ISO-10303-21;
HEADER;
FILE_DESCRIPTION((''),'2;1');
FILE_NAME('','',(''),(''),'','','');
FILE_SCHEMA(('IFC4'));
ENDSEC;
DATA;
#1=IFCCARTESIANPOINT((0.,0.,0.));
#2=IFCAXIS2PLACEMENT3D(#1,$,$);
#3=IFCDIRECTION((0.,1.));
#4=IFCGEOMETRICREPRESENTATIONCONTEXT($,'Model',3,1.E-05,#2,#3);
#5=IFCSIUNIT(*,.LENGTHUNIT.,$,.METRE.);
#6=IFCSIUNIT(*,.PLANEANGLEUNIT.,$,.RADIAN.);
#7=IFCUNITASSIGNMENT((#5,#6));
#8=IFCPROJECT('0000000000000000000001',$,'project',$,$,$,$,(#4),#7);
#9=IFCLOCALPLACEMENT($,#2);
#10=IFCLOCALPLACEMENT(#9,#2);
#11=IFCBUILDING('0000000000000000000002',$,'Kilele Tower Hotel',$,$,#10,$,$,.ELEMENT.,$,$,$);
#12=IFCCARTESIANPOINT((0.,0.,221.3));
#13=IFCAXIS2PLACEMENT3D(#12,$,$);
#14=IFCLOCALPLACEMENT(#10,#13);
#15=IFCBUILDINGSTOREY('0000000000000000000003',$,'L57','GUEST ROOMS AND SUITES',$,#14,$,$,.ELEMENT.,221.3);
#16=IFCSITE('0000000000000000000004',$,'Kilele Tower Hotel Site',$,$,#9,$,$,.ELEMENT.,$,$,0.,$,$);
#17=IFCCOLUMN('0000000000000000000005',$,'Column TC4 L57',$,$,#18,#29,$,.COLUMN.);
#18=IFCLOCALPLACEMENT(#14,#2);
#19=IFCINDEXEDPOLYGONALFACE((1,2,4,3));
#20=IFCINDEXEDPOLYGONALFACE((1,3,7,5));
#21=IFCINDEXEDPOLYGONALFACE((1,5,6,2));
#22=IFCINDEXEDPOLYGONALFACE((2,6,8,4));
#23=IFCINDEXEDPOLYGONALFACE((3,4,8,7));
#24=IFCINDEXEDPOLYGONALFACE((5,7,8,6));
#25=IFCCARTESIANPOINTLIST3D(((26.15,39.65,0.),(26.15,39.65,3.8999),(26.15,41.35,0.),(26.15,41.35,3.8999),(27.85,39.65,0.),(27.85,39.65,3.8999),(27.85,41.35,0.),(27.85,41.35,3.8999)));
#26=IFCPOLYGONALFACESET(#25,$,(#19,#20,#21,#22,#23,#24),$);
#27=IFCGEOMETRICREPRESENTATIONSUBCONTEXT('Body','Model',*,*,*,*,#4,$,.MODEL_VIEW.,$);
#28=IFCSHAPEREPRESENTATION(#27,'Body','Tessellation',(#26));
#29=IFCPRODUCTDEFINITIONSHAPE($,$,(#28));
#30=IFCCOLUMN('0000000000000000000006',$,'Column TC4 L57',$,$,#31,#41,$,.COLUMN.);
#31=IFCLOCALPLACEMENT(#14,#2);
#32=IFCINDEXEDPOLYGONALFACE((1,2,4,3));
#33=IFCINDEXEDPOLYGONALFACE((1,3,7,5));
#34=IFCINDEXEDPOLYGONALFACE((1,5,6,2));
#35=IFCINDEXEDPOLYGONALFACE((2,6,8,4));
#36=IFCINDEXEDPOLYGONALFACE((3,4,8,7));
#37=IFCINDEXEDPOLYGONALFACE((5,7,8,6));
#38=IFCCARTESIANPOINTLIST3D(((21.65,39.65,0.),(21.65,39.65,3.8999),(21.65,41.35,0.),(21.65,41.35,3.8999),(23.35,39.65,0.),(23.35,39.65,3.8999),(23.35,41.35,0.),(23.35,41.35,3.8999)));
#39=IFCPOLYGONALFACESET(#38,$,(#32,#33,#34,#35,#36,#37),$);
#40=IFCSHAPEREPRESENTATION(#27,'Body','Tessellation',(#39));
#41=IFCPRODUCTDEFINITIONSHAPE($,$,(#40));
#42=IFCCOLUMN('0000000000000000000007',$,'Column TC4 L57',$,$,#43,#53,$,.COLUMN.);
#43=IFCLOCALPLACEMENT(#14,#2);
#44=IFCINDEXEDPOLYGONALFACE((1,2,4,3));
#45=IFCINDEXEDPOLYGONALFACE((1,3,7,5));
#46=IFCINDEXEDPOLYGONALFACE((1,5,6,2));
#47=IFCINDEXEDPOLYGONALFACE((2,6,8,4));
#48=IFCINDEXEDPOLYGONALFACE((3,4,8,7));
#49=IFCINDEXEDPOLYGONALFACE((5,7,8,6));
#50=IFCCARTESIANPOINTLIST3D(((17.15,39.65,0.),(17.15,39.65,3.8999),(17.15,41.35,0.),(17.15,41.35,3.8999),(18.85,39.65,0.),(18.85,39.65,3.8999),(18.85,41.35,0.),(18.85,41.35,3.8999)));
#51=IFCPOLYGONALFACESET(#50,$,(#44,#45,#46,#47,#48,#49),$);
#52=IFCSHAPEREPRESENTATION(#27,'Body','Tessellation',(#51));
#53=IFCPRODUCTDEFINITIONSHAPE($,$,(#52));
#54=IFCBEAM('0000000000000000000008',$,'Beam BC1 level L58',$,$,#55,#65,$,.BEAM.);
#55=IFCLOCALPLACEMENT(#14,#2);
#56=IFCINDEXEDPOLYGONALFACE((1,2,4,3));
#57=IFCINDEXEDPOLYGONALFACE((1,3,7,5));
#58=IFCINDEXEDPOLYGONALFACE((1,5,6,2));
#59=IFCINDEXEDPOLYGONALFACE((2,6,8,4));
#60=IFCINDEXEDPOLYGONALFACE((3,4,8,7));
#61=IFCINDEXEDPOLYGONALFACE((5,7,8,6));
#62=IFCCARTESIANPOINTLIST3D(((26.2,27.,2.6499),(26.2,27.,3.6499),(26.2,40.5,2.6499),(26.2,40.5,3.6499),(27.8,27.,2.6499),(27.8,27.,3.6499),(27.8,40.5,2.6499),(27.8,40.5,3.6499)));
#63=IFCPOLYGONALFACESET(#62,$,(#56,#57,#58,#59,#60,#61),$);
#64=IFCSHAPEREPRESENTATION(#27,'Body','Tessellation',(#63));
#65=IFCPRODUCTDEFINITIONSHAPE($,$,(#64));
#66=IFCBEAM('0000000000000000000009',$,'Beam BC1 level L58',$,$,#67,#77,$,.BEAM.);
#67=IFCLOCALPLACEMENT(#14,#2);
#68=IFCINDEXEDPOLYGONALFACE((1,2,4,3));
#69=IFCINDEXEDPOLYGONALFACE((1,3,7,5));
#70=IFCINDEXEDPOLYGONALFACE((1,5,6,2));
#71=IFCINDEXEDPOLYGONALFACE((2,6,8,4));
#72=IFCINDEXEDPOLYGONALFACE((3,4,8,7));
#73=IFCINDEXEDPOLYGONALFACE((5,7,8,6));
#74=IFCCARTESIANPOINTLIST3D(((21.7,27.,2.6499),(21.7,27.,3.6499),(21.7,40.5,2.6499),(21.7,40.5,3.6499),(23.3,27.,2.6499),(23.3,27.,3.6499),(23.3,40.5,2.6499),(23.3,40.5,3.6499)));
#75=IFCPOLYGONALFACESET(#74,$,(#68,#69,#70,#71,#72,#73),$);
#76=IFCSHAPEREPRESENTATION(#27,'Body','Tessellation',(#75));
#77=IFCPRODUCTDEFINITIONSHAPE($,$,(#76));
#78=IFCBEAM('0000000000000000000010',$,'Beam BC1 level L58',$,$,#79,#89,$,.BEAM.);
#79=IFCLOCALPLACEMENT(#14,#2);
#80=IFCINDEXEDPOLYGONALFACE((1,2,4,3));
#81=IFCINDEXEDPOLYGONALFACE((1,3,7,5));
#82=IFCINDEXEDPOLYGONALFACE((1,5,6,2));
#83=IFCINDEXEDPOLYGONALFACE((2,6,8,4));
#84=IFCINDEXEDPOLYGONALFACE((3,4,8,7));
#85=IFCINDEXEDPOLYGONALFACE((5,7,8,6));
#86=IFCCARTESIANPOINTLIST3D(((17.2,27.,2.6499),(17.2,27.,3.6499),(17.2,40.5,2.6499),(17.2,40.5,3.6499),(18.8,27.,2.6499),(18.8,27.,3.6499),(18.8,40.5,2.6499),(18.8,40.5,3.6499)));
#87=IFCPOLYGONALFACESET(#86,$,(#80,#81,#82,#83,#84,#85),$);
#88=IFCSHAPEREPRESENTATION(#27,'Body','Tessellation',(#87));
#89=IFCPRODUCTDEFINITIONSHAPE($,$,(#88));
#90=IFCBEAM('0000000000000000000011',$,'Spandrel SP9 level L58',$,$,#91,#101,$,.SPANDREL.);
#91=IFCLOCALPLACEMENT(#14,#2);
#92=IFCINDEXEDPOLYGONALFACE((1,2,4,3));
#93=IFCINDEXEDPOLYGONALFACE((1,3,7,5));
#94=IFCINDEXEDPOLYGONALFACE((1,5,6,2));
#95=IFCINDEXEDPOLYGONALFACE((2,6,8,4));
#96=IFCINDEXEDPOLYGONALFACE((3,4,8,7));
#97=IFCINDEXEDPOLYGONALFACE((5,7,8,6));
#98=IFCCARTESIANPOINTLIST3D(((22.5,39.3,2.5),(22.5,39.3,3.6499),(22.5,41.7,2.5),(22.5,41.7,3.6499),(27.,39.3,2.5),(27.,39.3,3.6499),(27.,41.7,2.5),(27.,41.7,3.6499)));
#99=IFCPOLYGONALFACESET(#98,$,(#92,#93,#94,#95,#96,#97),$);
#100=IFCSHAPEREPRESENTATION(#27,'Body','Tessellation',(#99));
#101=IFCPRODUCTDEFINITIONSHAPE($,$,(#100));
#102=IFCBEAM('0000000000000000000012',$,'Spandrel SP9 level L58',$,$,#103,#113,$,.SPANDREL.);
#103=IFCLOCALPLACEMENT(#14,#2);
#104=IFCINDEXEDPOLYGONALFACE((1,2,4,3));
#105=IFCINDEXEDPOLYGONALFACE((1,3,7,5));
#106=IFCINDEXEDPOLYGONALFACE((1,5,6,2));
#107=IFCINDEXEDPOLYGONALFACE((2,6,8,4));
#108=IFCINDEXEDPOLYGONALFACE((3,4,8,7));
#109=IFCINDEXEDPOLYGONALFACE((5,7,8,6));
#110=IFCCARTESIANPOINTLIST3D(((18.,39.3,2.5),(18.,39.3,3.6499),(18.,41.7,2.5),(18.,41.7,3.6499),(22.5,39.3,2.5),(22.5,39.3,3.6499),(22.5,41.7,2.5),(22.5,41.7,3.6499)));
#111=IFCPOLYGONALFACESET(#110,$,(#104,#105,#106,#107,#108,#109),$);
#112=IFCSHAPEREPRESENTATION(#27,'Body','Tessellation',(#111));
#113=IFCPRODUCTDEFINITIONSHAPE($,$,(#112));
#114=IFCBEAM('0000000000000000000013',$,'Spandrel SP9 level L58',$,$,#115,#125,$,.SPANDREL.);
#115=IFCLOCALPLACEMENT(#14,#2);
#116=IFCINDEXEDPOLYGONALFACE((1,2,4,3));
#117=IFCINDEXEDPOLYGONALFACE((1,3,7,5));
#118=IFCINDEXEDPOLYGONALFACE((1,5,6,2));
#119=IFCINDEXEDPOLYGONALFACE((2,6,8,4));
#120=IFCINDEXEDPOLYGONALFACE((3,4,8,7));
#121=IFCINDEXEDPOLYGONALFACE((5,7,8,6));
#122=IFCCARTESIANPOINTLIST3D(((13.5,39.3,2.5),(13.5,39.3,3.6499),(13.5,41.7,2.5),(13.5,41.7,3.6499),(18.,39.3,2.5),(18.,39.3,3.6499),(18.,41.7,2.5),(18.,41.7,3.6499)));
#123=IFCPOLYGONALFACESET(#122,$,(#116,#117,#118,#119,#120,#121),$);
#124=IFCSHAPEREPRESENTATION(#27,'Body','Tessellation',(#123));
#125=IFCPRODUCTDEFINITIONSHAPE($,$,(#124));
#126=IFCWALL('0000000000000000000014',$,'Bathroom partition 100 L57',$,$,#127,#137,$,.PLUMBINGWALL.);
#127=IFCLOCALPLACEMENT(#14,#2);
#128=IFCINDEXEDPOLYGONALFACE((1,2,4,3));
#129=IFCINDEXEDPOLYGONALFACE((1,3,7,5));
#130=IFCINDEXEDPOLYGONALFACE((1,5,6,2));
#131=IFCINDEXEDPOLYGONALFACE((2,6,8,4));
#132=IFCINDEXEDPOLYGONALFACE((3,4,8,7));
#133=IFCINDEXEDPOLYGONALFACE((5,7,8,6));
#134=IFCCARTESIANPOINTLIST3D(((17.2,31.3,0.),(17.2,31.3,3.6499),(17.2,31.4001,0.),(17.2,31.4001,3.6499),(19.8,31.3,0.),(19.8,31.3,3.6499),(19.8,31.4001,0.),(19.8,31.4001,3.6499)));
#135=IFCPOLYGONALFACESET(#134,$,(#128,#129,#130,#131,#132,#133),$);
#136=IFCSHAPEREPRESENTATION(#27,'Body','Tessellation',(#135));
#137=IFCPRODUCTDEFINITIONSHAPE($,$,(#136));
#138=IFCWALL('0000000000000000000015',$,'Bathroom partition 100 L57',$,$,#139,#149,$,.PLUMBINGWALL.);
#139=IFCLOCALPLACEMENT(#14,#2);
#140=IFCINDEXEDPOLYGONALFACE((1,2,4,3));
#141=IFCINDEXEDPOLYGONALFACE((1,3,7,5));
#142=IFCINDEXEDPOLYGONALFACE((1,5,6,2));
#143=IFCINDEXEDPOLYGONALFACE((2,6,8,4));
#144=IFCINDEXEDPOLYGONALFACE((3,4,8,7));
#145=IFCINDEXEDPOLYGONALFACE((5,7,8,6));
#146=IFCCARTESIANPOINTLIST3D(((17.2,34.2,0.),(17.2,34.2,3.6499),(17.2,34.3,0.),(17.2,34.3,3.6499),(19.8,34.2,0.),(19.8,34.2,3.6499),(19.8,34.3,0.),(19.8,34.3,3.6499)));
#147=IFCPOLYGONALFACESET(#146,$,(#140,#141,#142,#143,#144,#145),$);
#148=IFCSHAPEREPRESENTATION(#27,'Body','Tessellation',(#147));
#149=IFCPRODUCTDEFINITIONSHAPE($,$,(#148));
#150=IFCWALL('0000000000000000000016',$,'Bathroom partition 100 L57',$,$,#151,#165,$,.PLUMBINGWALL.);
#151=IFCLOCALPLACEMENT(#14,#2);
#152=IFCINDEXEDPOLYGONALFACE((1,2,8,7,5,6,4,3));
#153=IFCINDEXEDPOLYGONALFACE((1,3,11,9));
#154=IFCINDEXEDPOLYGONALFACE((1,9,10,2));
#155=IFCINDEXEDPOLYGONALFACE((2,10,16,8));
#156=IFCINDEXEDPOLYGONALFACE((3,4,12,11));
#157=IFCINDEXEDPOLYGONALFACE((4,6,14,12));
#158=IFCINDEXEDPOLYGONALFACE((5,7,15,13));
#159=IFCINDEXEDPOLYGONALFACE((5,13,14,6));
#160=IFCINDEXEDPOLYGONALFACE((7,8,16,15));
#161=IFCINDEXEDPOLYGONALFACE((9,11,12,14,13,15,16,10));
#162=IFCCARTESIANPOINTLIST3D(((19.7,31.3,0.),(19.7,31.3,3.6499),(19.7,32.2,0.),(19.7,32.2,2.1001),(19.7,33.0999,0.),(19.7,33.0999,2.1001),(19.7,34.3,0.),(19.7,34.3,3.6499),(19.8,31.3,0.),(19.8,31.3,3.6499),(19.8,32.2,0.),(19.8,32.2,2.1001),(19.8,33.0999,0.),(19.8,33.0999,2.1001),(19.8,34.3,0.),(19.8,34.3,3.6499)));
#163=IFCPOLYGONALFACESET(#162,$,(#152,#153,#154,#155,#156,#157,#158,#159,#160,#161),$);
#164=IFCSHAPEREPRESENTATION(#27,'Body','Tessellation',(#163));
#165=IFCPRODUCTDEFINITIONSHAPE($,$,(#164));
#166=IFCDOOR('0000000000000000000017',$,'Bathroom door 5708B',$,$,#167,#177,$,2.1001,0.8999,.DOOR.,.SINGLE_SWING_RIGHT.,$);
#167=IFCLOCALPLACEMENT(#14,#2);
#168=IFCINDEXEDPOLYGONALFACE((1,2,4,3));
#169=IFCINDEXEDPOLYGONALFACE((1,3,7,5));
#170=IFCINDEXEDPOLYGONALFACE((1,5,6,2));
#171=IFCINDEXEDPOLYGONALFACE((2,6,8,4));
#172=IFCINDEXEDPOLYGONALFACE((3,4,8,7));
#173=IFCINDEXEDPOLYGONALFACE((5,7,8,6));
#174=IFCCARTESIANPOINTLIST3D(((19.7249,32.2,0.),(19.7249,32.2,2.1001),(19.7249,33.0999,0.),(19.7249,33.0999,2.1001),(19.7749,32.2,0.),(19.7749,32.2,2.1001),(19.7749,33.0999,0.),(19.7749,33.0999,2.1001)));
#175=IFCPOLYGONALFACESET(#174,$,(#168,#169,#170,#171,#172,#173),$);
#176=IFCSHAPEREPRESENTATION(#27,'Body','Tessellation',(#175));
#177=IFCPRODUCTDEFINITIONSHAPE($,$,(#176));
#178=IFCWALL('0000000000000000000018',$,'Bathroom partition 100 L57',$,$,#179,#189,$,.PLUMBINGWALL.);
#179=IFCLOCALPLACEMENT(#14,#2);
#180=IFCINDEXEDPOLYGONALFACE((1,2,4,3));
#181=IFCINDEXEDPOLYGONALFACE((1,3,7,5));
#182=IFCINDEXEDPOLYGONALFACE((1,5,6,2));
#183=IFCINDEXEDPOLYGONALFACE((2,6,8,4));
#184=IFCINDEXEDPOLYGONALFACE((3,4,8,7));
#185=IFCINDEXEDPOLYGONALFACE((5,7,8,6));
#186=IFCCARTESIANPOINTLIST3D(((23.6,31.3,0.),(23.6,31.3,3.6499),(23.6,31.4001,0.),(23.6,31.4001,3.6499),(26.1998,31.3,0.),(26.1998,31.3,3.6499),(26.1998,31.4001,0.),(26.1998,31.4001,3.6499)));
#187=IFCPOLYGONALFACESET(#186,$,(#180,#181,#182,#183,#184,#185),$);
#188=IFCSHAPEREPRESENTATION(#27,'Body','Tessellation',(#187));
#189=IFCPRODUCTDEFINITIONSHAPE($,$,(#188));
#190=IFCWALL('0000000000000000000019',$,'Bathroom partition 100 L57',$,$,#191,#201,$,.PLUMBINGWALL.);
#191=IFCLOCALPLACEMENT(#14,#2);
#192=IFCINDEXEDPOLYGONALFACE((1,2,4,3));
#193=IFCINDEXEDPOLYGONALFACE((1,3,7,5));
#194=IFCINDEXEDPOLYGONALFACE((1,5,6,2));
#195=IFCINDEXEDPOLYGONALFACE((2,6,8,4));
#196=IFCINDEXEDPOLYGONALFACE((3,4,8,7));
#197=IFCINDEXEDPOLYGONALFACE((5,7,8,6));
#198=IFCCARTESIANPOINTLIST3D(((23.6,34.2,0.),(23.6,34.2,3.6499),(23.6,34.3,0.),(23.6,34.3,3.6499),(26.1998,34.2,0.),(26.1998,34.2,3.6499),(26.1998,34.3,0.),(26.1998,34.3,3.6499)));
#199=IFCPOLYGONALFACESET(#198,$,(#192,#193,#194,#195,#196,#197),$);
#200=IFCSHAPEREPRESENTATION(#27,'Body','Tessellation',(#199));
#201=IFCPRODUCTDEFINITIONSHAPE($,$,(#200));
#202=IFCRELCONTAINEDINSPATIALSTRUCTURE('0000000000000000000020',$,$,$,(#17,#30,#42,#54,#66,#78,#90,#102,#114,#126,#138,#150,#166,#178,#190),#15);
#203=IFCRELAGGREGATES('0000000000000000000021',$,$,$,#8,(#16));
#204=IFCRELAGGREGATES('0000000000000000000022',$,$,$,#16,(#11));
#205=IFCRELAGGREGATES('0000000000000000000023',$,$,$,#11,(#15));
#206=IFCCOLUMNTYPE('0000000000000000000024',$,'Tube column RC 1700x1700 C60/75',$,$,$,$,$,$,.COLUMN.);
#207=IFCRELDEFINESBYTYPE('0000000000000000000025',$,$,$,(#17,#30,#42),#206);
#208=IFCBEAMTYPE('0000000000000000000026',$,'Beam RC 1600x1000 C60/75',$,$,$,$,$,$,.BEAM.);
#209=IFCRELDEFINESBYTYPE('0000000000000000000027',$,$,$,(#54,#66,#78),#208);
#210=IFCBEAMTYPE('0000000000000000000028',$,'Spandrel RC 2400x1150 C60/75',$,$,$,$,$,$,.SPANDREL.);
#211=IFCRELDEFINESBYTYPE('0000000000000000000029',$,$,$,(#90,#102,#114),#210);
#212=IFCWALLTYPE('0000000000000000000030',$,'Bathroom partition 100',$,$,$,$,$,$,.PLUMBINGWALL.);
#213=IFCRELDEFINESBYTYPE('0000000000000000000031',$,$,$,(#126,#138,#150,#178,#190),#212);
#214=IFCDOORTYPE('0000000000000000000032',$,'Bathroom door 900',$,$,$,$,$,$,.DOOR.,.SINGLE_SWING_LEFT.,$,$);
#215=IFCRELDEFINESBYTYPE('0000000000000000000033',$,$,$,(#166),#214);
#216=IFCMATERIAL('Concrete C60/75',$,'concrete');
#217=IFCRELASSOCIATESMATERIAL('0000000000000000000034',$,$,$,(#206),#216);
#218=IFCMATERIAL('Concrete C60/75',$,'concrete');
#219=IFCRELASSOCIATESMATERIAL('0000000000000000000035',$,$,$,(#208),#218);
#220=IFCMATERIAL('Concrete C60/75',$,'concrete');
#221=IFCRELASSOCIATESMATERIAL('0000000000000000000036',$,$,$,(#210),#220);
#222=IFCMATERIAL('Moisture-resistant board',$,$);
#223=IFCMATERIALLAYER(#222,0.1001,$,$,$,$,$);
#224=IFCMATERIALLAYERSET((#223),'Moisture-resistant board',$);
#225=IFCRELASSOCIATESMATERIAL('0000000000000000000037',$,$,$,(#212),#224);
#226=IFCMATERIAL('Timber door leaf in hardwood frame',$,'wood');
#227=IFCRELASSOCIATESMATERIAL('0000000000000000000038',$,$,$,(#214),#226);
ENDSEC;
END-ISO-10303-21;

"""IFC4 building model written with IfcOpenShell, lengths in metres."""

from ifc_helpers import new_model, si_unit, direction, frame, frame_2d, origin, origin_2d, place, context, subcontext, project, spatial, rectangle, extrude, material, layer, layer_set, material_profile, profile_set, type_object, element, fill, save


model = new_model("IFC4")

# Units and contexts
model_context = context("Model", 3, precision=1e-05, world=origin(), true_north=direction((0.0, 1.0)))
body_context = subcontext(model_context, "Body", "Model", "MODEL_VIEW")
ifc_project = project(units=[si_unit("LENGTHUNIT", "METRE"), si_unit("PLANEANGLEUNIT", "RADIAN")], contexts=[model_context])

# Site, building, storey
site_placement = place(None, origin())
site = spatial("IfcSite", under=ifc_project, at=site_placement, Name="Kilele Tower Hotel Site", CompositionType="ELEMENT", RefElevation=0.0)
building_placement = place(site_placement, origin())
building = spatial("IfcBuilding", under=site, at=building_placement, Name="Kilele Tower Hotel", CompositionType="ELEMENT")
storey_placement = place(building_placement, frame((0.0, 0.0, 221.3)))
storey = spatial("IfcBuildingStorey", under=building, at=storey_placement, Name="L57", Description="GUEST ROOMS AND SUITES", CompositionType="ELEMENT", Elevation=221.3)

# Columns
ifc_material_1 = material(Name="Concrete C60/75", Category="concrete")
ifc_material_profile_1 = material_profile(ifc_material_1, rectangle(XDim=1.7, YDim=1.7, at=origin_2d()))
ifc_profile_set_1 = profile_set([ifc_material_profile_1], Name="Concrete C60/75")
column_type = type_object("IfcColumnType", Name="Tube column RC 1700x1700 C60/75", PredefinedType="COLUMN", material=ifc_profile_set_1)
for number, where, z_axis, x_axis, name in (
    (1, (27.0, 40.5, 0.0), (0.0, 0.0, 1.0), (1.0, 0.0, 0.0), "Column TC4 L57"),
    (2, (22.5, 40.5, 0.0), (0.0, 0.0, 1.0), (1.0, 0.0, 0.0), "Column TC4 L57"),
    (3, (18.0, 40.5, 0.0), (0.0, 0.0, 1.0), (1.0, 0.0, 0.0), "Column TC4 L57"),
):
    element("IfcColumn", number, at=place(storey_placement, frame(where, z_axis=z_axis, x_axis=x_axis)), inside=storey, type_object=column_type, Name=name, PredefinedType="COLUMN", context=body_context, shape_type="SweptSolid", body=[
        extrude(rectangle(XDim=1.7, YDim=1.7, at=origin_2d()), origin(), (0.0, 0.0, 1.0), 3.8999),
    ])

# Beams
ifc_material_2 = material(Name="Concrete C60/75", Category="concrete")
ifc_material_profile_2 = material_profile(ifc_material_2, rectangle(XDim=1.6001, YDim=1.0, at=origin_2d()))
ifc_profile_set_2 = profile_set([ifc_material_profile_2], Name="Concrete C60/75")
beam_type_1 = type_object("IfcBeamType", Name="Beam RC 1600x1000 C60/75", PredefinedType="BEAM", material=ifc_profile_set_2)
for number, where, z_axis, x_axis, name in (
    (4, (27.0, 40.5, 3.1499), (0.0, -1.0, 0.0), (1.0, 0.0, 0.0), "Beam BC1 level L58"),
    (5, (22.5, 40.5, 3.1499), (0.0, -1.0, 0.0), (1.0, 0.0, 0.0), "Beam BC1 level L58"),
    (6, (18.0, 40.5, 3.1499), (0.0, -1.0, 0.0), (1.0, 0.0, 0.0), "Beam BC1 level L58"),
):
    element("IfcBeam", number, at=place(storey_placement, frame(where, z_axis=z_axis, x_axis=x_axis)), inside=storey, type_object=beam_type_1, Name=name, PredefinedType="BEAM", context=body_context, shape_type="SweptSolid", body=[
        extrude(rectangle(XDim=1.6001, YDim=1.0, at=origin_2d()), origin(), (0.0, 0.0, 1.0), 13.5),
    ])
ifc_material_3 = material(Name="Concrete C60/75", Category="concrete")
ifc_material_profile_3 = material_profile(ifc_material_3, rectangle(XDim=2.3999, YDim=1.1499, at=origin_2d()))
ifc_profile_set_3 = profile_set([ifc_material_profile_3], Name="Concrete C60/75")
beam_type_2 = type_object("IfcBeamType", Name="Spandrel RC 2400x1150 C60/75", PredefinedType="SPANDREL", material=ifc_profile_set_3)
for number, where, z_axis, x_axis, name in (
    (7, (27.0, 40.5, 3.075), (-1.0, 0.0, 0.0), (0.0, -1.0, 0.0), "Spandrel SP9 level L58"),
    (8, (22.5, 40.5, 3.075), (-1.0, 0.0, 0.0), (0.0, -1.0, 0.0), "Spandrel SP9 level L58"),
    (9, (18.0, 40.5, 3.075), (-1.0, 0.0, 0.0), (0.0, -1.0, 0.0), "Spandrel SP9 level L58"),
):
    element("IfcBeam", number, at=place(storey_placement, frame(where, z_axis=z_axis, x_axis=x_axis)), inside=storey, type_object=beam_type_2, Name=name, PredefinedType="SPANDREL", context=body_context, shape_type="SweptSolid", body=[
        extrude(rectangle(XDim=2.3999, YDim=1.1499, at=origin_2d()), origin(), (0.0, 0.0, 1.0), 4.5),
    ])

# Walls
ifc_material_4 = material(Name="Moisture-resistant board")
ifc_layer_1 = layer(ifc_material_4, 0.1001)
ifc_layer_set_1 = layer_set([ifc_layer_1], Name="Moisture-resistant board")
wall_type_1 = type_object("IfcWallType", Name="Bathroom partition 100", PredefinedType="PLUMBINGWALL", material=ifc_layer_set_1)
for number, where, z_axis, x_axis, name in (
    (10, (17.2, 31.3501, 0.0), (0.0, 0.0, 1.0), (1.0, 0.0, 0.0), "Bathroom partition 100 L57"),
    (11, (17.2, 34.25, 0.0), (0.0, 0.0, 1.0), (1.0, 0.0, 0.0), "Bathroom partition 100 L57"),
):
    element("IfcWall", number, at=place(storey_placement, frame(where, z_axis=z_axis, x_axis=x_axis)), inside=storey, type_object=wall_type_1, Name=name, PredefinedType="PLUMBINGWALL", context=body_context, shape_type="SweptSolid", body=[
        extrude(rectangle(XDim=2.6001, YDim=0.1001, at=frame_2d((1.3, 0.0))), origin(), (0.0, 0.0, 1.0), 3.6499),
    ])

# Wall, opening, door
wall_1_placement = place(storey_placement, frame((19.75, 31.3, 0.0), z_axis=(0.0, 0.0, 1.0), x_axis=(0.0, 1.0, 0.0)))
wall_1 = element("IfcWall", 12, at=wall_1_placement, inside=storey, type_object=wall_type_1, Name="Bathroom partition 100 L57", PredefinedType="PLUMBINGWALL", context=body_context, shape_type="SweptSolid", body=[
    extrude(rectangle(XDim=3.0, YDim=0.1001, at=frame_2d((1.5, 0.0))), origin(), (0.0, 0.0, 1.0), 3.6499),
])
opening_1_placement = place(wall_1_placement, frame((1.7998, 0.0, 0.0), z_axis=(0.0, 0.0, 1.0), x_axis=(-1.0, 0.0, 0.0)))
opening_1 = element("IfcOpeningElement", 13, at=opening_1_placement, cuts=wall_1, PredefinedType="OPENING", context=body_context, shape_type="SweptSolid", body=[
    extrude(rectangle(XDim=0.8999, YDim=2.1001, at=frame_2d((0.45, 1.05))), frame((0.0, 0.0601, 0.0), z_axis=(0.0, -1.0, 0.0), x_axis=(1.0, 0.0, 0.0)), (0.0, 0.0, 1.0), 0.1201),
])
ifc_material_5 = material(Name="Timber door leaf in hardwood frame", Category="wood")
door_type_1 = type_object("IfcDoorType", Name="Bathroom door 900", OperationType="SINGLE_SWING_LEFT", PredefinedType="DOOR", material=ifc_material_5)
door_1_placement = place(opening_1_placement, origin())
door_1 = element("IfcDoor", 14, at=door_1_placement, inside=storey, type_object=door_type_1, Name="Bathroom door 5708B", OperationType="SINGLE_SWING_RIGHT", OverallHeight=2.1001, OverallWidth=0.8999, PredefinedType="DOOR", context=body_context, shape_type="SweptSolid", body=[
    extrude(rectangle(XDim=0.8999, YDim=2.1001, at=frame_2d((0.45, 1.05))), frame((0.0, 0.0249, 0.0), z_axis=(0.0, -1.0, 0.0), x_axis=(1.0, 0.0, 0.0)), (0.0, 0.0, 1.0), 0.05),
])
fill(opening_1, door_1)

# Walls
for number, where, z_axis, x_axis, name in (
    (15, (23.6001, 31.3501, 0.0), (0.0, 0.0, 1.0), (1.0, 0.0, 0.0), "Bathroom partition 100 L57"),
    (16, (23.6001, 34.25, 0.0), (0.0, 0.0, 1.0), (1.0, 0.0, 0.0), "Bathroom partition 100 L57"),
):
    element("IfcWall", number, at=place(storey_placement, frame(where, z_axis=z_axis, x_axis=x_axis)), inside=storey, type_object=wall_type_1, Name=name, PredefinedType="PLUMBINGWALL", context=body_context, shape_type="SweptSolid", body=[
        extrude(rectangle(XDim=2.5999, YDim=0.1001, at=frame_2d((1.2998, 0.0))), origin(), (0.0, 0.0, 1.0), 3.6499),
    ])

save(model, "model.ifc")
